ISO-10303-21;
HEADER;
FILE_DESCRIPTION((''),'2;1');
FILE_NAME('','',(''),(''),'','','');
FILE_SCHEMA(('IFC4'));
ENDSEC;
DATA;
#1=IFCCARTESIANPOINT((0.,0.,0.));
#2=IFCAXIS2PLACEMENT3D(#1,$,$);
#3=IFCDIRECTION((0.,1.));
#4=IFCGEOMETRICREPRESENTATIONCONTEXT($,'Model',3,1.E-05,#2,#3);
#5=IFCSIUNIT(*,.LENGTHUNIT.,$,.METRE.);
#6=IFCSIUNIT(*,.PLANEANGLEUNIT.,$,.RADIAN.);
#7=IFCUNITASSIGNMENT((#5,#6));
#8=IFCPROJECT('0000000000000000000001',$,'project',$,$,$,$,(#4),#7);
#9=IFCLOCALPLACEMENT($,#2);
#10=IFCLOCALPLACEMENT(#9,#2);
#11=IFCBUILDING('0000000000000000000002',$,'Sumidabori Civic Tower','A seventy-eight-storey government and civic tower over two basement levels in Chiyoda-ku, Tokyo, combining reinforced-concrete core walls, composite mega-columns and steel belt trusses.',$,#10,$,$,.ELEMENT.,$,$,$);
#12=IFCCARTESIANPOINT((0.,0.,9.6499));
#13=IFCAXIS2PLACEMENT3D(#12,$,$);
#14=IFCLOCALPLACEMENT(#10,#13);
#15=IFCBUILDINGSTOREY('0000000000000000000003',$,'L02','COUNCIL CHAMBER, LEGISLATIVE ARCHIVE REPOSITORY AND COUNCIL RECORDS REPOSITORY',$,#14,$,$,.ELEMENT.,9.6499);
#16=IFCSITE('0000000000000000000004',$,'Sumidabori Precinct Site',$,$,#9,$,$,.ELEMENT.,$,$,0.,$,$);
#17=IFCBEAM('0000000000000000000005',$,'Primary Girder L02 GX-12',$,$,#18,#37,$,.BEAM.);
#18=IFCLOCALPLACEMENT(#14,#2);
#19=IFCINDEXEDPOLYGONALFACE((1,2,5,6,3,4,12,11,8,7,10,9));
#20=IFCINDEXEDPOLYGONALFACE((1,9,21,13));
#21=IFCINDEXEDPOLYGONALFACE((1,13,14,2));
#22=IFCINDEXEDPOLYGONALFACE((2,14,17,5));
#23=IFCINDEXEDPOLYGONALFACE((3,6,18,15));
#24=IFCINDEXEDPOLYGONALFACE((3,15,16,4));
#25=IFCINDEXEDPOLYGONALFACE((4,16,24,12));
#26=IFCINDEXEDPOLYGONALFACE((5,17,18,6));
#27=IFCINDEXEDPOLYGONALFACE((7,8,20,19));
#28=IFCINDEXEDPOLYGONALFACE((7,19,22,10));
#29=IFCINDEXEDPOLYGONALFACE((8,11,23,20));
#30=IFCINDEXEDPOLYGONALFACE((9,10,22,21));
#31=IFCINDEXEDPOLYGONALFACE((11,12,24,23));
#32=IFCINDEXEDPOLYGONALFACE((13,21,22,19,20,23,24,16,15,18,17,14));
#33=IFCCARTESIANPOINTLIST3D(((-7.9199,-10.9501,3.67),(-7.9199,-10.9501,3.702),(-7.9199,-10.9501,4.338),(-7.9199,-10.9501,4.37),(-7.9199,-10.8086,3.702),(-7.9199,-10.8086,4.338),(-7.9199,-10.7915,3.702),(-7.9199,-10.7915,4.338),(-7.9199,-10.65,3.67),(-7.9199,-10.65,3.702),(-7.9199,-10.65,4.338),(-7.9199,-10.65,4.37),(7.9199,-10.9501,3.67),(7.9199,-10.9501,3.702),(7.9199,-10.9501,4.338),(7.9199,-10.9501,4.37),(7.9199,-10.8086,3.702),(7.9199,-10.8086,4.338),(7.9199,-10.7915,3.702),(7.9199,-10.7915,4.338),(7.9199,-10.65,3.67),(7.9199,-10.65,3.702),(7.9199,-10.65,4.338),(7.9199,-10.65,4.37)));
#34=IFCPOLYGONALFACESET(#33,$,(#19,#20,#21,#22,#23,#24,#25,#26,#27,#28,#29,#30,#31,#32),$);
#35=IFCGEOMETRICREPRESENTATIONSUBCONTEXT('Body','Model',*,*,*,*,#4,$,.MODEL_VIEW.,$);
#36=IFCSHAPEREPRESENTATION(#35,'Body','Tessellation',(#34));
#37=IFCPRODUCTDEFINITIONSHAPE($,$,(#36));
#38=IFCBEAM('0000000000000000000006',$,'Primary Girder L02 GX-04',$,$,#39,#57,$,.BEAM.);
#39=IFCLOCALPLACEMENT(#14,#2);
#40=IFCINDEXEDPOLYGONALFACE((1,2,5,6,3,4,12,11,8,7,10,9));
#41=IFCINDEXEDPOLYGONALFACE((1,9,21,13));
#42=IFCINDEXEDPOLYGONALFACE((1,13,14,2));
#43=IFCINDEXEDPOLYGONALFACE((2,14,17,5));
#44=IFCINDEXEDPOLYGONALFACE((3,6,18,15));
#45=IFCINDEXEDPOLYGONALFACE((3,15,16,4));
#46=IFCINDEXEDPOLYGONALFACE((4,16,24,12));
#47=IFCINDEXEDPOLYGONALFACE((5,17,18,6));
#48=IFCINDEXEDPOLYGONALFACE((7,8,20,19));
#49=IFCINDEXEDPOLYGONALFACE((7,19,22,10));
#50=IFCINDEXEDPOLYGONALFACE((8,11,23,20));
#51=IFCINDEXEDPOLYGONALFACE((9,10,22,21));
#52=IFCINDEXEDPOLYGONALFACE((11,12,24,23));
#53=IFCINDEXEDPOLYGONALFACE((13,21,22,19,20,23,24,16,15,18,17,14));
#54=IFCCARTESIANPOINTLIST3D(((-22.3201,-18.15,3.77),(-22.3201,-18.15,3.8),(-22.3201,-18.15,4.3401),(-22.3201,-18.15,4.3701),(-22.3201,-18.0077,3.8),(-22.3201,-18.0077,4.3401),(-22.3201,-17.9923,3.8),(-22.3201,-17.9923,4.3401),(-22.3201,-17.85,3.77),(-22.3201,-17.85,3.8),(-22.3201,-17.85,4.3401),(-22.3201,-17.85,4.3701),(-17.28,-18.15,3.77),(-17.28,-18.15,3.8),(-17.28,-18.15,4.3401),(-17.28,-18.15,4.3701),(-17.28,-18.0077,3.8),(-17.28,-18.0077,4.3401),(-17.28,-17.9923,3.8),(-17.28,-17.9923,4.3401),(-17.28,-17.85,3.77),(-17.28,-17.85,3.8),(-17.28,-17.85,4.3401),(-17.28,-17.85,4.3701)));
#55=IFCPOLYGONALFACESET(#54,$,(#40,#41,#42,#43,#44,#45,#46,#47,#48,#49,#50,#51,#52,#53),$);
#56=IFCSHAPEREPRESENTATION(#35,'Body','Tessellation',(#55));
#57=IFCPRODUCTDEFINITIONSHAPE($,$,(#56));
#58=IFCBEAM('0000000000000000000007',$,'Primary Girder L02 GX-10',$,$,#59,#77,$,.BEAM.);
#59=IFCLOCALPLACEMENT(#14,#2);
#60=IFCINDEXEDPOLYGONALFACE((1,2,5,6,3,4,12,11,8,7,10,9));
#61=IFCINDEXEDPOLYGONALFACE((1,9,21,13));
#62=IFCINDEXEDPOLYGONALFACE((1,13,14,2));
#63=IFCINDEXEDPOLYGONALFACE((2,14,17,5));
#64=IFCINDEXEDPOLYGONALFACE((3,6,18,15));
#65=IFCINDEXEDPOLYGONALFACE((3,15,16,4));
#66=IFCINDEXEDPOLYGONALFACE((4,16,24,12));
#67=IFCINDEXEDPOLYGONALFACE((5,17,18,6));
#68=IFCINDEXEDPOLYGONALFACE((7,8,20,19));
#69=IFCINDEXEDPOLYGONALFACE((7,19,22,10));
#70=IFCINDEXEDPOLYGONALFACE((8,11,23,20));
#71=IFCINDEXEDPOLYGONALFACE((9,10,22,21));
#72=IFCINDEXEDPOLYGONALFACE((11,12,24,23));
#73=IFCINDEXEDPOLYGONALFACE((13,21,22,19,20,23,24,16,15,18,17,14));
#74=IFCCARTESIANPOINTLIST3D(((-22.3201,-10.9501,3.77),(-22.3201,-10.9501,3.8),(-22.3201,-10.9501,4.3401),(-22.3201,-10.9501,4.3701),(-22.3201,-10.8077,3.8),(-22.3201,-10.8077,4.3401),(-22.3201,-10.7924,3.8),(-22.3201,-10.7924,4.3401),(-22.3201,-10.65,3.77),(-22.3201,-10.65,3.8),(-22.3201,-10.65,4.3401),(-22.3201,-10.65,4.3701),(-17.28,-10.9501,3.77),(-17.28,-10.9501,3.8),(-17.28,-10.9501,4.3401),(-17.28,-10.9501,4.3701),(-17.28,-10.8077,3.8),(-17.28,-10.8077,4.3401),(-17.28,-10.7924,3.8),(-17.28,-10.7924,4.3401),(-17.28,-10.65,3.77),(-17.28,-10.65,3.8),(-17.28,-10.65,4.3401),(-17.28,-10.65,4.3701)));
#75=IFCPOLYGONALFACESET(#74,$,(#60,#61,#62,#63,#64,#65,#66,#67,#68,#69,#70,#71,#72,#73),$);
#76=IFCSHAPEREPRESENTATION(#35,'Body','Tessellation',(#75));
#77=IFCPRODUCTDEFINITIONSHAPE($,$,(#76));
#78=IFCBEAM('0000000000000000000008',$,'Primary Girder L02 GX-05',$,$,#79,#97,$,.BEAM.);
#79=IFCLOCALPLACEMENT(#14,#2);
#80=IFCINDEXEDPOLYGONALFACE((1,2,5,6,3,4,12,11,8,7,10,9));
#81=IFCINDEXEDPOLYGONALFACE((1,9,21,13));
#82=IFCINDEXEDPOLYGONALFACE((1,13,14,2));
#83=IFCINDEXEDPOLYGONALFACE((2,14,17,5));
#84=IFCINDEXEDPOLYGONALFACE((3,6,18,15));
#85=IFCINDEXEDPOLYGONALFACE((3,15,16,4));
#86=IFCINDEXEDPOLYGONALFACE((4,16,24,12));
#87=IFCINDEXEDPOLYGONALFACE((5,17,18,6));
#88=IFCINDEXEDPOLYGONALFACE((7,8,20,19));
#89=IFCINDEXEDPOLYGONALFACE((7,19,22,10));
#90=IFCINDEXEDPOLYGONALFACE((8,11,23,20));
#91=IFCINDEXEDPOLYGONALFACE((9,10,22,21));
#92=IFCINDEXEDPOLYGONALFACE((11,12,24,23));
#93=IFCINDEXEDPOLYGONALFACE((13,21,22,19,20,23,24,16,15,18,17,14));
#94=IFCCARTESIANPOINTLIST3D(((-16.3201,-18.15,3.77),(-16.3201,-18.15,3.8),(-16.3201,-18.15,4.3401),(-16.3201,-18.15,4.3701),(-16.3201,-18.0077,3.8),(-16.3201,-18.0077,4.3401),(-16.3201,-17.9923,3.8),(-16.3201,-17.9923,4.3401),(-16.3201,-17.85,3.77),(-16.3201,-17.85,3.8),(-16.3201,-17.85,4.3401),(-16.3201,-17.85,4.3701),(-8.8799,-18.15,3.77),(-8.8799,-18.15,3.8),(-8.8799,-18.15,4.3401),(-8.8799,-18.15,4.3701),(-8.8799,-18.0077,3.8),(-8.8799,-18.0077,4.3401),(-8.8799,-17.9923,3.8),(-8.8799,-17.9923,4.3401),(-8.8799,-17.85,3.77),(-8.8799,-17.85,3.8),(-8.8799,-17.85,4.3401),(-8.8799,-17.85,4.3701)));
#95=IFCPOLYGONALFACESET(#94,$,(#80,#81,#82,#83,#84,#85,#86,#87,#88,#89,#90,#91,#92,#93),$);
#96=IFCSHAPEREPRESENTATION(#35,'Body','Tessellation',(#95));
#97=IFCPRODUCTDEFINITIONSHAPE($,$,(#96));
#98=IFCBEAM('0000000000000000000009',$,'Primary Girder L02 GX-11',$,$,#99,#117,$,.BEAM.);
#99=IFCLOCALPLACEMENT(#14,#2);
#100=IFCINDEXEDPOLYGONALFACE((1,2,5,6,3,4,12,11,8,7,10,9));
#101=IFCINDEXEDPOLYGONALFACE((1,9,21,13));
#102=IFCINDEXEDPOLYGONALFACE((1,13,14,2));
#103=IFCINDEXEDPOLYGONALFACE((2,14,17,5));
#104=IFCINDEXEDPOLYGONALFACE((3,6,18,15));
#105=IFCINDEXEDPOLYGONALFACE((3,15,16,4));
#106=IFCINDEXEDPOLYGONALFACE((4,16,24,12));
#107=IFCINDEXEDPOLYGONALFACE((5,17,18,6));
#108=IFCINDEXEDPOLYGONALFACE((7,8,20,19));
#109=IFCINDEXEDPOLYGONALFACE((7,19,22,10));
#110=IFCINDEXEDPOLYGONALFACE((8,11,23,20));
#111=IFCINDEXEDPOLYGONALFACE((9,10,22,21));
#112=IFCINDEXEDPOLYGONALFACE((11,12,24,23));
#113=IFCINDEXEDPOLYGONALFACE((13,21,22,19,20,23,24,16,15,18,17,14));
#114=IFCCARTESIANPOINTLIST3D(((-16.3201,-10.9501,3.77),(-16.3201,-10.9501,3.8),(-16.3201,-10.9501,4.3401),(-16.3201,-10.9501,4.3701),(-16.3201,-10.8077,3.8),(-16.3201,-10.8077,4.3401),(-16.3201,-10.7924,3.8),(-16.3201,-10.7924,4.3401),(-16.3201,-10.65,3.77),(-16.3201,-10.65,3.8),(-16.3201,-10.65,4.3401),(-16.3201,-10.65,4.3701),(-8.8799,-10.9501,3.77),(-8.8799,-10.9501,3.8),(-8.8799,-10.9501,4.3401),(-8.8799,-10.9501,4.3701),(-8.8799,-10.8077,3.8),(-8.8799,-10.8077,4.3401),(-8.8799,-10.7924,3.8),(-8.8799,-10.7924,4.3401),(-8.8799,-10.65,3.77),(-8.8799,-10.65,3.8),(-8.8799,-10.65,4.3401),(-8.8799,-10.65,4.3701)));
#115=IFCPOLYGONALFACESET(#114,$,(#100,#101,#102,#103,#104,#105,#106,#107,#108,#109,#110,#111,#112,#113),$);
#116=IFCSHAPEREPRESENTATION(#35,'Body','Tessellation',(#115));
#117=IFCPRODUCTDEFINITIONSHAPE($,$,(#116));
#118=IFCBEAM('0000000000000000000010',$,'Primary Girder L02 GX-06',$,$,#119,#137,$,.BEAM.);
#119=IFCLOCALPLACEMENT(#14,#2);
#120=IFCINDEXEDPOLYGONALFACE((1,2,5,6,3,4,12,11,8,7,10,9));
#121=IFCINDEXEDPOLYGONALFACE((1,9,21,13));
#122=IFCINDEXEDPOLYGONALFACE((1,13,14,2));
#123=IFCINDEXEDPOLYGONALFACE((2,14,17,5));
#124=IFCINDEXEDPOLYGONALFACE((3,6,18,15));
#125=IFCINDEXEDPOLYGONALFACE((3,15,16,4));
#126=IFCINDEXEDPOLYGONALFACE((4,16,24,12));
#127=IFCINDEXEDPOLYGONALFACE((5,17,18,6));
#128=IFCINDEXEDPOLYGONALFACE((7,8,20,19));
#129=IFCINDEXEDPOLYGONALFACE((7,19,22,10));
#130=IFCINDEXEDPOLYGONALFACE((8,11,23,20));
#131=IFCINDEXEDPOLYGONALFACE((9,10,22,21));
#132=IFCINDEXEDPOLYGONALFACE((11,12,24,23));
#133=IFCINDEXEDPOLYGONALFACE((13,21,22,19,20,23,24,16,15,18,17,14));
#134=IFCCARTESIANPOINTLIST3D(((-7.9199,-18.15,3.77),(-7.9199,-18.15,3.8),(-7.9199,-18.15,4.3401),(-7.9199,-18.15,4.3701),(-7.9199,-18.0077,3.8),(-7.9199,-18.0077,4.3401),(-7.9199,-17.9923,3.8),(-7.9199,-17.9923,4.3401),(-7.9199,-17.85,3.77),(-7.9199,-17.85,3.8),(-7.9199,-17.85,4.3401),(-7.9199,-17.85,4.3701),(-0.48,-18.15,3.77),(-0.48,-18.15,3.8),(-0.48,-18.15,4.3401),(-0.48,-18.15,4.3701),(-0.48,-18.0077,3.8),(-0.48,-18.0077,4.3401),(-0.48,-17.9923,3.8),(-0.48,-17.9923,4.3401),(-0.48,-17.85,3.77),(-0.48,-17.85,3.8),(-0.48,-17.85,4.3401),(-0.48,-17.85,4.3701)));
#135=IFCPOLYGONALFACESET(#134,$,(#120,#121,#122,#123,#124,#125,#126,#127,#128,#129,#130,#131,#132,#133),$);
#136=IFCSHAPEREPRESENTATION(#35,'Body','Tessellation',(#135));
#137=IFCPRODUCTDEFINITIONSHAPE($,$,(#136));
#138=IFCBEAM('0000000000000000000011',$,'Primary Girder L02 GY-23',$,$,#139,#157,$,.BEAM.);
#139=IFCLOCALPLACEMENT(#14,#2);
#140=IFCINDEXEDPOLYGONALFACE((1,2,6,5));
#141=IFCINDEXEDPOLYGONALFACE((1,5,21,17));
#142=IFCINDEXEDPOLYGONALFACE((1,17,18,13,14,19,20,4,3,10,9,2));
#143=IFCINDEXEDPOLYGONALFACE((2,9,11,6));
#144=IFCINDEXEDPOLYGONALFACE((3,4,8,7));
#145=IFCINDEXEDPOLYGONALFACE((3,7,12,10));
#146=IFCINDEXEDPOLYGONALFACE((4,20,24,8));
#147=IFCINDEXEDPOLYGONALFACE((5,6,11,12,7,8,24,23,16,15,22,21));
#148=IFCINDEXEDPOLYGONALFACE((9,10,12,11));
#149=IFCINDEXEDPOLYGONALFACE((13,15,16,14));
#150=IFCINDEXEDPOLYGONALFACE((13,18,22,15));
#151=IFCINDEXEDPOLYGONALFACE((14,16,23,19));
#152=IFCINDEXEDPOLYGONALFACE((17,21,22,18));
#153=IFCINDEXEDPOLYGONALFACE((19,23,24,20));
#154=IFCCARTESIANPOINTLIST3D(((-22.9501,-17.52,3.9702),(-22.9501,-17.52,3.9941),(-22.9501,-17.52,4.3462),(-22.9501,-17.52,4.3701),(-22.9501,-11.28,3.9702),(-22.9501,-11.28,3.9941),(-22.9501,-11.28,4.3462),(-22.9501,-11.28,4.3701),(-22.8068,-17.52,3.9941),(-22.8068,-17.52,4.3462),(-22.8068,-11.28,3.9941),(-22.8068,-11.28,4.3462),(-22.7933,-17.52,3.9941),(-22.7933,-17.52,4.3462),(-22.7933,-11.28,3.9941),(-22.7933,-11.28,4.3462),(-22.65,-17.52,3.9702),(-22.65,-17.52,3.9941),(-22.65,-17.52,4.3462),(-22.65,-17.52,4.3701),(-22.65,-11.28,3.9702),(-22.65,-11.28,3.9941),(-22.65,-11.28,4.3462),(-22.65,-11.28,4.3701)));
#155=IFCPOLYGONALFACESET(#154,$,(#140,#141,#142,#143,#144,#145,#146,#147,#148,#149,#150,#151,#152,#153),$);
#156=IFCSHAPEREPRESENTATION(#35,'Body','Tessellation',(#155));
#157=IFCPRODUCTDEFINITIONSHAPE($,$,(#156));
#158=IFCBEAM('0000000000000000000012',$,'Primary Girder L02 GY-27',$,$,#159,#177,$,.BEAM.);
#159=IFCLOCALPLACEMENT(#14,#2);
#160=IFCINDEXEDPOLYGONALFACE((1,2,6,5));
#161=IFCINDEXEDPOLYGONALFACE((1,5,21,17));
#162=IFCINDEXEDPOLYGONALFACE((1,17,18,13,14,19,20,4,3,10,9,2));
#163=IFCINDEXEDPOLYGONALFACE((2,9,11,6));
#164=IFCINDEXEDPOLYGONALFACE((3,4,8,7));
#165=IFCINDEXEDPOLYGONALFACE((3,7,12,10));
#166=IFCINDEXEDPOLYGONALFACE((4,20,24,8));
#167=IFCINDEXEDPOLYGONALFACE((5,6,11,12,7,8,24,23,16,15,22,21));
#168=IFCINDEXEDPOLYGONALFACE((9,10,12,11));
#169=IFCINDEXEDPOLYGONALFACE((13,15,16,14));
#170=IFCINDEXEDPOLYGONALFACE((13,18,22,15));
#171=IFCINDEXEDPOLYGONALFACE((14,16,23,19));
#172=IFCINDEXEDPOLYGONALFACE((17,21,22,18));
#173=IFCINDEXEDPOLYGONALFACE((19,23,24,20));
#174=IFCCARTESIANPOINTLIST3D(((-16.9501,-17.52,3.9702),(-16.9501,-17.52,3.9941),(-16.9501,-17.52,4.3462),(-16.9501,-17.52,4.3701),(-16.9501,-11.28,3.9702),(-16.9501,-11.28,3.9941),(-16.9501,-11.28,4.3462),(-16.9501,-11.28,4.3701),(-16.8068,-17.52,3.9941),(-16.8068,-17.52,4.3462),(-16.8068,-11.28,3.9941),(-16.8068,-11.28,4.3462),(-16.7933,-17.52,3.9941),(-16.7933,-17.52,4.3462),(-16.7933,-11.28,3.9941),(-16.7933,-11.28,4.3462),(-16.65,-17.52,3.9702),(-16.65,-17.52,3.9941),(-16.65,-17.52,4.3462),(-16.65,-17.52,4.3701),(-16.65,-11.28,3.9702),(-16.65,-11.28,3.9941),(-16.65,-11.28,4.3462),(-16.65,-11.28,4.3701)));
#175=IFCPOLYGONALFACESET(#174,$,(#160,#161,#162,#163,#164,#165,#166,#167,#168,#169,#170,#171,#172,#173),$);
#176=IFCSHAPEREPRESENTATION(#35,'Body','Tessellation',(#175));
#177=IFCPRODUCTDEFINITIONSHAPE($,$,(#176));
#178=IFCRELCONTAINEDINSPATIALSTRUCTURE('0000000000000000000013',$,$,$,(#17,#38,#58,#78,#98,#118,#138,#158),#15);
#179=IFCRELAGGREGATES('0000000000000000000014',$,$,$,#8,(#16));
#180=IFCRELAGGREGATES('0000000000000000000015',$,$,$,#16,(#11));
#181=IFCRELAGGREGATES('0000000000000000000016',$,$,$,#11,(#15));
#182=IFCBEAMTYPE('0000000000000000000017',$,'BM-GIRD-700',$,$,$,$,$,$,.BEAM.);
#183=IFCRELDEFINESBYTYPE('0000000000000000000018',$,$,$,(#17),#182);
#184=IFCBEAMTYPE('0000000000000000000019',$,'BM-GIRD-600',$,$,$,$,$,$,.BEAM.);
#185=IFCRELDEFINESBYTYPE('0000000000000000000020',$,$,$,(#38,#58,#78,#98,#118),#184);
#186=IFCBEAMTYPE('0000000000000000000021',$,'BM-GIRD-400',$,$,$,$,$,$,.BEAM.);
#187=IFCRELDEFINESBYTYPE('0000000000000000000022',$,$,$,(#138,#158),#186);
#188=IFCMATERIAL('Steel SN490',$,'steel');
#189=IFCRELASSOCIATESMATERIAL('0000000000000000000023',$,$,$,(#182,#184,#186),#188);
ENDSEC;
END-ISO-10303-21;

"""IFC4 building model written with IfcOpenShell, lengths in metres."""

from ifc_helpers import new_model, si_unit, direction, frame, origin, origin_2d, place, context, subcontext, project, spatial, i_section, extrude, source, transform, mapped, material, material_profile, profile_set, type_object, element, save


model = new_model("IFC4")

# Units and contexts
model_context = context("Model", 3, precision=1e-05, world=origin(), true_north=direction((0.0, 1.0)))
body_context = subcontext(model_context, "Body", "Model", "MODEL_VIEW")
ifc_project = project(units=[si_unit("LENGTHUNIT", "METRE"), si_unit("PLANEANGLEUNIT", "RADIAN")], contexts=[model_context])

# Site, building, storey
site_placement = place(None, origin())
site = spatial("IfcSite", under=ifc_project, at=site_placement, Name="Sumidabori Precinct Site", CompositionType="ELEMENT", RefElevation=0.0)
building_placement = place(site_placement, origin())
building = spatial("IfcBuilding", under=site, at=building_placement, Name="Sumidabori Civic Tower", Description="A seventy-eight-storey government and civic tower over two basement levels in Chiyoda-ku, Tokyo, combining reinforced-concrete core walls, composite mega-columns and steel belt trusses.", CompositionType="ELEMENT")
storey_placement = place(building_placement, frame((0.0, 0.0, 9.6499)))
storey = spatial("IfcBuildingStorey", under=building, at=storey_placement, Name="L02", Description="COUNCIL CHAMBER, LEGISLATIVE ARCHIVE REPOSITORY AND COUNCIL RECORDS REPOSITORY", CompositionType="ELEMENT", Elevation=9.6499)

# Beams
ifc_material_1 = material(Name="Steel SN490", Category="steel")
ifc_material_profile_1 = material_profile(ifc_material_1, i_section(OverallWidth=0.3, OverallDepth=0.7, WebThickness=0.0171, FlangeThickness=0.032, at=origin_2d()), Name="HE 700 B")
ifc_profile_set_1 = profile_set([ifc_material_profile_1], Name="Steel SN490")
beam_type_1 = type_object("IfcBeamType", Name="BM-GIRD-700", PredefinedType="BEAM", material=ifc_profile_set_1)
shared_shape_1 = source(origin(), body_context, "Body", "SweptSolid", [
    extrude(i_section(OverallWidth=0.3, OverallDepth=0.7, WebThickness=0.0171, FlangeThickness=0.032, at=origin_2d()), origin(), (0.0, 0.0, 1.0), 15.8398),
])
for number, where, z_axis, x_axis, name in (
    (1, (-7.9199, -10.8, 4.02), (1.0, 0.0, 0.0), (0.0, 1.0, 0.0), "Primary Girder L02 GX-12"),
):
    element("IfcBeam", number, at=place(storey_placement, frame(where, z_axis=z_axis, x_axis=x_axis)), inside=storey, type_object=beam_type_1, Name=name, PredefinedType="BEAM", context=body_context, shape_type="MappedRepresentation", body=[
        mapped(shared_shape_1, transform((0.0, 0.0, 0.0), x_axis=(1.0, 0.0, 0.0), y_axis=(0.0, 1.0, 0.0), z_axis=(0.0, 0.0, 1.0), scale=1.0)),
    ])
ifc_material_profile_2 = material_profile(ifc_material_1, i_section(OverallWidth=0.3, OverallDepth=0.6001, WebThickness=0.0154, FlangeThickness=0.03, at=origin_2d()), Name="HE 600 B")
ifc_profile_set_2 = profile_set([ifc_material_profile_2], Name="Steel SN490")
beam_type_2 = type_object("IfcBeamType", Name="BM-GIRD-600", PredefinedType="BEAM", material=ifc_profile_set_2)
shared_shape_2 = source(origin(), body_context, "Body", "SweptSolid", [
    extrude(i_section(OverallWidth=0.3, OverallDepth=0.6001, WebThickness=0.0154, FlangeThickness=0.03, at=origin_2d()), origin(), (0.0, 0.0, 1.0), 5.04),
])
for number, where, z_axis, x_axis, name in (
    (2, (-22.3201, -18.0, 4.0701), (1.0, 0.0, 0.0), (0.0, 1.0, 0.0), "Primary Girder L02 GX-04"),
    (3, (-22.3201, -10.8, 4.0701), (1.0, 0.0, 0.0), (0.0, 1.0, 0.0), "Primary Girder L02 GX-10"),
):
    element("IfcBeam", number, at=place(storey_placement, frame(where, z_axis=z_axis, x_axis=x_axis)), inside=storey, type_object=beam_type_2, Name=name, PredefinedType="BEAM", context=body_context, shape_type="MappedRepresentation", body=[
        mapped(shared_shape_2, transform((0.0, 0.0, 0.0), x_axis=(1.0, 0.0, 0.0), y_axis=(0.0, 1.0, 0.0), z_axis=(0.0, 0.0, 1.0), scale=1.0)),
    ])
shared_shape_3 = source(origin(), body_context, "Body", "SweptSolid", [
    extrude(i_section(OverallWidth=0.3, OverallDepth=0.6001, WebThickness=0.0154, FlangeThickness=0.03, at=origin_2d()), origin(), (0.0, 0.0, 1.0), 7.4402),
])
for number, where, z_axis, x_axis, name in (
    (4, (-16.3201, -18.0, 4.0701), (1.0, 0.0, 0.0), (0.0, 1.0, 0.0), "Primary Girder L02 GX-05"),
    (5, (-16.3201, -10.8, 4.0701), (1.0, 0.0, 0.0), (0.0, 1.0, 0.0), "Primary Girder L02 GX-11"),
):
    element("IfcBeam", number, at=place(storey_placement, frame(where, z_axis=z_axis, x_axis=x_axis)), inside=storey, type_object=beam_type_2, Name=name, PredefinedType="BEAM", context=body_context, shape_type="MappedRepresentation", body=[
        mapped(shared_shape_3, transform((0.0, 0.0, 0.0), x_axis=(1.0, 0.0, 0.0), y_axis=(0.0, 1.0, 0.0), z_axis=(0.0, 0.0, 1.0), scale=1.0)),
    ])
shared_shape_4 = source(origin(), body_context, "Body", "SweptSolid", [
    extrude(i_section(OverallWidth=0.3, OverallDepth=0.6001, WebThickness=0.0154, FlangeThickness=0.03, at=origin_2d()), origin(), (0.0, 0.0, 1.0), 7.4399),
])
beam_1_placement = place(storey_placement, frame((-7.9199, -18.0, 4.0701), z_axis=(1.0, 0.0, 0.0), x_axis=(0.0, 1.0, 0.0)))
element("IfcBeam", 6, at=beam_1_placement, inside=storey, type_object=beam_type_2, Name="Primary Girder L02 GX-06", PredefinedType="BEAM", context=body_context, shape_type="MappedRepresentation", body=[
    mapped(shared_shape_4, transform((0.0, 0.0, 0.0), x_axis=(1.0, 0.0, 0.0), y_axis=(0.0, 1.0, 0.0), z_axis=(0.0, 0.0, 1.0), scale=1.0)),
])
ifc_material_profile_3 = material_profile(ifc_material_1, i_section(OverallWidth=0.3, OverallDepth=0.3999, WebThickness=0.0134, FlangeThickness=0.0239, at=origin_2d()), Name="HE 400 B")
ifc_profile_set_3 = profile_set([ifc_material_profile_3], Name="Steel SN490")
beam_type_3 = type_object("IfcBeamType", Name="BM-GIRD-400", PredefinedType="BEAM", material=ifc_profile_set_3)
shared_shape_5 = source(origin(), body_context, "Body", "SweptSolid", [
    extrude(i_section(OverallWidth=0.3, OverallDepth=0.3999, WebThickness=0.0134, FlangeThickness=0.0239, at=origin_2d()), origin(), (0.0, 0.0, 1.0), 6.24),
])
for number, where, z_axis, x_axis, name in (
    (7, (-22.8, -17.52, 4.1702), (0.0, 1.0, 0.0), (-1.0, 0.0, 0.0), "Primary Girder L02 GY-23"),
    (8, (-16.8, -17.52, 4.1702), (0.0, 1.0, 0.0), (-1.0, 0.0, 0.0), "Primary Girder L02 GY-27"),
):
    element("IfcBeam", number, at=place(storey_placement, frame(where, z_axis=z_axis, x_axis=x_axis)), inside=storey, type_object=beam_type_3, Name=name, PredefinedType="BEAM", context=body_context, shape_type="MappedRepresentation", body=[
        mapped(shared_shape_5, transform((0.0, 0.0, 0.0), x_axis=(1.0, 0.0, 0.0), y_axis=(0.0, 1.0, 0.0), z_axis=(0.0, 0.0, 1.0), scale=1.0)),
    ])

save(model, "model.ifc")
